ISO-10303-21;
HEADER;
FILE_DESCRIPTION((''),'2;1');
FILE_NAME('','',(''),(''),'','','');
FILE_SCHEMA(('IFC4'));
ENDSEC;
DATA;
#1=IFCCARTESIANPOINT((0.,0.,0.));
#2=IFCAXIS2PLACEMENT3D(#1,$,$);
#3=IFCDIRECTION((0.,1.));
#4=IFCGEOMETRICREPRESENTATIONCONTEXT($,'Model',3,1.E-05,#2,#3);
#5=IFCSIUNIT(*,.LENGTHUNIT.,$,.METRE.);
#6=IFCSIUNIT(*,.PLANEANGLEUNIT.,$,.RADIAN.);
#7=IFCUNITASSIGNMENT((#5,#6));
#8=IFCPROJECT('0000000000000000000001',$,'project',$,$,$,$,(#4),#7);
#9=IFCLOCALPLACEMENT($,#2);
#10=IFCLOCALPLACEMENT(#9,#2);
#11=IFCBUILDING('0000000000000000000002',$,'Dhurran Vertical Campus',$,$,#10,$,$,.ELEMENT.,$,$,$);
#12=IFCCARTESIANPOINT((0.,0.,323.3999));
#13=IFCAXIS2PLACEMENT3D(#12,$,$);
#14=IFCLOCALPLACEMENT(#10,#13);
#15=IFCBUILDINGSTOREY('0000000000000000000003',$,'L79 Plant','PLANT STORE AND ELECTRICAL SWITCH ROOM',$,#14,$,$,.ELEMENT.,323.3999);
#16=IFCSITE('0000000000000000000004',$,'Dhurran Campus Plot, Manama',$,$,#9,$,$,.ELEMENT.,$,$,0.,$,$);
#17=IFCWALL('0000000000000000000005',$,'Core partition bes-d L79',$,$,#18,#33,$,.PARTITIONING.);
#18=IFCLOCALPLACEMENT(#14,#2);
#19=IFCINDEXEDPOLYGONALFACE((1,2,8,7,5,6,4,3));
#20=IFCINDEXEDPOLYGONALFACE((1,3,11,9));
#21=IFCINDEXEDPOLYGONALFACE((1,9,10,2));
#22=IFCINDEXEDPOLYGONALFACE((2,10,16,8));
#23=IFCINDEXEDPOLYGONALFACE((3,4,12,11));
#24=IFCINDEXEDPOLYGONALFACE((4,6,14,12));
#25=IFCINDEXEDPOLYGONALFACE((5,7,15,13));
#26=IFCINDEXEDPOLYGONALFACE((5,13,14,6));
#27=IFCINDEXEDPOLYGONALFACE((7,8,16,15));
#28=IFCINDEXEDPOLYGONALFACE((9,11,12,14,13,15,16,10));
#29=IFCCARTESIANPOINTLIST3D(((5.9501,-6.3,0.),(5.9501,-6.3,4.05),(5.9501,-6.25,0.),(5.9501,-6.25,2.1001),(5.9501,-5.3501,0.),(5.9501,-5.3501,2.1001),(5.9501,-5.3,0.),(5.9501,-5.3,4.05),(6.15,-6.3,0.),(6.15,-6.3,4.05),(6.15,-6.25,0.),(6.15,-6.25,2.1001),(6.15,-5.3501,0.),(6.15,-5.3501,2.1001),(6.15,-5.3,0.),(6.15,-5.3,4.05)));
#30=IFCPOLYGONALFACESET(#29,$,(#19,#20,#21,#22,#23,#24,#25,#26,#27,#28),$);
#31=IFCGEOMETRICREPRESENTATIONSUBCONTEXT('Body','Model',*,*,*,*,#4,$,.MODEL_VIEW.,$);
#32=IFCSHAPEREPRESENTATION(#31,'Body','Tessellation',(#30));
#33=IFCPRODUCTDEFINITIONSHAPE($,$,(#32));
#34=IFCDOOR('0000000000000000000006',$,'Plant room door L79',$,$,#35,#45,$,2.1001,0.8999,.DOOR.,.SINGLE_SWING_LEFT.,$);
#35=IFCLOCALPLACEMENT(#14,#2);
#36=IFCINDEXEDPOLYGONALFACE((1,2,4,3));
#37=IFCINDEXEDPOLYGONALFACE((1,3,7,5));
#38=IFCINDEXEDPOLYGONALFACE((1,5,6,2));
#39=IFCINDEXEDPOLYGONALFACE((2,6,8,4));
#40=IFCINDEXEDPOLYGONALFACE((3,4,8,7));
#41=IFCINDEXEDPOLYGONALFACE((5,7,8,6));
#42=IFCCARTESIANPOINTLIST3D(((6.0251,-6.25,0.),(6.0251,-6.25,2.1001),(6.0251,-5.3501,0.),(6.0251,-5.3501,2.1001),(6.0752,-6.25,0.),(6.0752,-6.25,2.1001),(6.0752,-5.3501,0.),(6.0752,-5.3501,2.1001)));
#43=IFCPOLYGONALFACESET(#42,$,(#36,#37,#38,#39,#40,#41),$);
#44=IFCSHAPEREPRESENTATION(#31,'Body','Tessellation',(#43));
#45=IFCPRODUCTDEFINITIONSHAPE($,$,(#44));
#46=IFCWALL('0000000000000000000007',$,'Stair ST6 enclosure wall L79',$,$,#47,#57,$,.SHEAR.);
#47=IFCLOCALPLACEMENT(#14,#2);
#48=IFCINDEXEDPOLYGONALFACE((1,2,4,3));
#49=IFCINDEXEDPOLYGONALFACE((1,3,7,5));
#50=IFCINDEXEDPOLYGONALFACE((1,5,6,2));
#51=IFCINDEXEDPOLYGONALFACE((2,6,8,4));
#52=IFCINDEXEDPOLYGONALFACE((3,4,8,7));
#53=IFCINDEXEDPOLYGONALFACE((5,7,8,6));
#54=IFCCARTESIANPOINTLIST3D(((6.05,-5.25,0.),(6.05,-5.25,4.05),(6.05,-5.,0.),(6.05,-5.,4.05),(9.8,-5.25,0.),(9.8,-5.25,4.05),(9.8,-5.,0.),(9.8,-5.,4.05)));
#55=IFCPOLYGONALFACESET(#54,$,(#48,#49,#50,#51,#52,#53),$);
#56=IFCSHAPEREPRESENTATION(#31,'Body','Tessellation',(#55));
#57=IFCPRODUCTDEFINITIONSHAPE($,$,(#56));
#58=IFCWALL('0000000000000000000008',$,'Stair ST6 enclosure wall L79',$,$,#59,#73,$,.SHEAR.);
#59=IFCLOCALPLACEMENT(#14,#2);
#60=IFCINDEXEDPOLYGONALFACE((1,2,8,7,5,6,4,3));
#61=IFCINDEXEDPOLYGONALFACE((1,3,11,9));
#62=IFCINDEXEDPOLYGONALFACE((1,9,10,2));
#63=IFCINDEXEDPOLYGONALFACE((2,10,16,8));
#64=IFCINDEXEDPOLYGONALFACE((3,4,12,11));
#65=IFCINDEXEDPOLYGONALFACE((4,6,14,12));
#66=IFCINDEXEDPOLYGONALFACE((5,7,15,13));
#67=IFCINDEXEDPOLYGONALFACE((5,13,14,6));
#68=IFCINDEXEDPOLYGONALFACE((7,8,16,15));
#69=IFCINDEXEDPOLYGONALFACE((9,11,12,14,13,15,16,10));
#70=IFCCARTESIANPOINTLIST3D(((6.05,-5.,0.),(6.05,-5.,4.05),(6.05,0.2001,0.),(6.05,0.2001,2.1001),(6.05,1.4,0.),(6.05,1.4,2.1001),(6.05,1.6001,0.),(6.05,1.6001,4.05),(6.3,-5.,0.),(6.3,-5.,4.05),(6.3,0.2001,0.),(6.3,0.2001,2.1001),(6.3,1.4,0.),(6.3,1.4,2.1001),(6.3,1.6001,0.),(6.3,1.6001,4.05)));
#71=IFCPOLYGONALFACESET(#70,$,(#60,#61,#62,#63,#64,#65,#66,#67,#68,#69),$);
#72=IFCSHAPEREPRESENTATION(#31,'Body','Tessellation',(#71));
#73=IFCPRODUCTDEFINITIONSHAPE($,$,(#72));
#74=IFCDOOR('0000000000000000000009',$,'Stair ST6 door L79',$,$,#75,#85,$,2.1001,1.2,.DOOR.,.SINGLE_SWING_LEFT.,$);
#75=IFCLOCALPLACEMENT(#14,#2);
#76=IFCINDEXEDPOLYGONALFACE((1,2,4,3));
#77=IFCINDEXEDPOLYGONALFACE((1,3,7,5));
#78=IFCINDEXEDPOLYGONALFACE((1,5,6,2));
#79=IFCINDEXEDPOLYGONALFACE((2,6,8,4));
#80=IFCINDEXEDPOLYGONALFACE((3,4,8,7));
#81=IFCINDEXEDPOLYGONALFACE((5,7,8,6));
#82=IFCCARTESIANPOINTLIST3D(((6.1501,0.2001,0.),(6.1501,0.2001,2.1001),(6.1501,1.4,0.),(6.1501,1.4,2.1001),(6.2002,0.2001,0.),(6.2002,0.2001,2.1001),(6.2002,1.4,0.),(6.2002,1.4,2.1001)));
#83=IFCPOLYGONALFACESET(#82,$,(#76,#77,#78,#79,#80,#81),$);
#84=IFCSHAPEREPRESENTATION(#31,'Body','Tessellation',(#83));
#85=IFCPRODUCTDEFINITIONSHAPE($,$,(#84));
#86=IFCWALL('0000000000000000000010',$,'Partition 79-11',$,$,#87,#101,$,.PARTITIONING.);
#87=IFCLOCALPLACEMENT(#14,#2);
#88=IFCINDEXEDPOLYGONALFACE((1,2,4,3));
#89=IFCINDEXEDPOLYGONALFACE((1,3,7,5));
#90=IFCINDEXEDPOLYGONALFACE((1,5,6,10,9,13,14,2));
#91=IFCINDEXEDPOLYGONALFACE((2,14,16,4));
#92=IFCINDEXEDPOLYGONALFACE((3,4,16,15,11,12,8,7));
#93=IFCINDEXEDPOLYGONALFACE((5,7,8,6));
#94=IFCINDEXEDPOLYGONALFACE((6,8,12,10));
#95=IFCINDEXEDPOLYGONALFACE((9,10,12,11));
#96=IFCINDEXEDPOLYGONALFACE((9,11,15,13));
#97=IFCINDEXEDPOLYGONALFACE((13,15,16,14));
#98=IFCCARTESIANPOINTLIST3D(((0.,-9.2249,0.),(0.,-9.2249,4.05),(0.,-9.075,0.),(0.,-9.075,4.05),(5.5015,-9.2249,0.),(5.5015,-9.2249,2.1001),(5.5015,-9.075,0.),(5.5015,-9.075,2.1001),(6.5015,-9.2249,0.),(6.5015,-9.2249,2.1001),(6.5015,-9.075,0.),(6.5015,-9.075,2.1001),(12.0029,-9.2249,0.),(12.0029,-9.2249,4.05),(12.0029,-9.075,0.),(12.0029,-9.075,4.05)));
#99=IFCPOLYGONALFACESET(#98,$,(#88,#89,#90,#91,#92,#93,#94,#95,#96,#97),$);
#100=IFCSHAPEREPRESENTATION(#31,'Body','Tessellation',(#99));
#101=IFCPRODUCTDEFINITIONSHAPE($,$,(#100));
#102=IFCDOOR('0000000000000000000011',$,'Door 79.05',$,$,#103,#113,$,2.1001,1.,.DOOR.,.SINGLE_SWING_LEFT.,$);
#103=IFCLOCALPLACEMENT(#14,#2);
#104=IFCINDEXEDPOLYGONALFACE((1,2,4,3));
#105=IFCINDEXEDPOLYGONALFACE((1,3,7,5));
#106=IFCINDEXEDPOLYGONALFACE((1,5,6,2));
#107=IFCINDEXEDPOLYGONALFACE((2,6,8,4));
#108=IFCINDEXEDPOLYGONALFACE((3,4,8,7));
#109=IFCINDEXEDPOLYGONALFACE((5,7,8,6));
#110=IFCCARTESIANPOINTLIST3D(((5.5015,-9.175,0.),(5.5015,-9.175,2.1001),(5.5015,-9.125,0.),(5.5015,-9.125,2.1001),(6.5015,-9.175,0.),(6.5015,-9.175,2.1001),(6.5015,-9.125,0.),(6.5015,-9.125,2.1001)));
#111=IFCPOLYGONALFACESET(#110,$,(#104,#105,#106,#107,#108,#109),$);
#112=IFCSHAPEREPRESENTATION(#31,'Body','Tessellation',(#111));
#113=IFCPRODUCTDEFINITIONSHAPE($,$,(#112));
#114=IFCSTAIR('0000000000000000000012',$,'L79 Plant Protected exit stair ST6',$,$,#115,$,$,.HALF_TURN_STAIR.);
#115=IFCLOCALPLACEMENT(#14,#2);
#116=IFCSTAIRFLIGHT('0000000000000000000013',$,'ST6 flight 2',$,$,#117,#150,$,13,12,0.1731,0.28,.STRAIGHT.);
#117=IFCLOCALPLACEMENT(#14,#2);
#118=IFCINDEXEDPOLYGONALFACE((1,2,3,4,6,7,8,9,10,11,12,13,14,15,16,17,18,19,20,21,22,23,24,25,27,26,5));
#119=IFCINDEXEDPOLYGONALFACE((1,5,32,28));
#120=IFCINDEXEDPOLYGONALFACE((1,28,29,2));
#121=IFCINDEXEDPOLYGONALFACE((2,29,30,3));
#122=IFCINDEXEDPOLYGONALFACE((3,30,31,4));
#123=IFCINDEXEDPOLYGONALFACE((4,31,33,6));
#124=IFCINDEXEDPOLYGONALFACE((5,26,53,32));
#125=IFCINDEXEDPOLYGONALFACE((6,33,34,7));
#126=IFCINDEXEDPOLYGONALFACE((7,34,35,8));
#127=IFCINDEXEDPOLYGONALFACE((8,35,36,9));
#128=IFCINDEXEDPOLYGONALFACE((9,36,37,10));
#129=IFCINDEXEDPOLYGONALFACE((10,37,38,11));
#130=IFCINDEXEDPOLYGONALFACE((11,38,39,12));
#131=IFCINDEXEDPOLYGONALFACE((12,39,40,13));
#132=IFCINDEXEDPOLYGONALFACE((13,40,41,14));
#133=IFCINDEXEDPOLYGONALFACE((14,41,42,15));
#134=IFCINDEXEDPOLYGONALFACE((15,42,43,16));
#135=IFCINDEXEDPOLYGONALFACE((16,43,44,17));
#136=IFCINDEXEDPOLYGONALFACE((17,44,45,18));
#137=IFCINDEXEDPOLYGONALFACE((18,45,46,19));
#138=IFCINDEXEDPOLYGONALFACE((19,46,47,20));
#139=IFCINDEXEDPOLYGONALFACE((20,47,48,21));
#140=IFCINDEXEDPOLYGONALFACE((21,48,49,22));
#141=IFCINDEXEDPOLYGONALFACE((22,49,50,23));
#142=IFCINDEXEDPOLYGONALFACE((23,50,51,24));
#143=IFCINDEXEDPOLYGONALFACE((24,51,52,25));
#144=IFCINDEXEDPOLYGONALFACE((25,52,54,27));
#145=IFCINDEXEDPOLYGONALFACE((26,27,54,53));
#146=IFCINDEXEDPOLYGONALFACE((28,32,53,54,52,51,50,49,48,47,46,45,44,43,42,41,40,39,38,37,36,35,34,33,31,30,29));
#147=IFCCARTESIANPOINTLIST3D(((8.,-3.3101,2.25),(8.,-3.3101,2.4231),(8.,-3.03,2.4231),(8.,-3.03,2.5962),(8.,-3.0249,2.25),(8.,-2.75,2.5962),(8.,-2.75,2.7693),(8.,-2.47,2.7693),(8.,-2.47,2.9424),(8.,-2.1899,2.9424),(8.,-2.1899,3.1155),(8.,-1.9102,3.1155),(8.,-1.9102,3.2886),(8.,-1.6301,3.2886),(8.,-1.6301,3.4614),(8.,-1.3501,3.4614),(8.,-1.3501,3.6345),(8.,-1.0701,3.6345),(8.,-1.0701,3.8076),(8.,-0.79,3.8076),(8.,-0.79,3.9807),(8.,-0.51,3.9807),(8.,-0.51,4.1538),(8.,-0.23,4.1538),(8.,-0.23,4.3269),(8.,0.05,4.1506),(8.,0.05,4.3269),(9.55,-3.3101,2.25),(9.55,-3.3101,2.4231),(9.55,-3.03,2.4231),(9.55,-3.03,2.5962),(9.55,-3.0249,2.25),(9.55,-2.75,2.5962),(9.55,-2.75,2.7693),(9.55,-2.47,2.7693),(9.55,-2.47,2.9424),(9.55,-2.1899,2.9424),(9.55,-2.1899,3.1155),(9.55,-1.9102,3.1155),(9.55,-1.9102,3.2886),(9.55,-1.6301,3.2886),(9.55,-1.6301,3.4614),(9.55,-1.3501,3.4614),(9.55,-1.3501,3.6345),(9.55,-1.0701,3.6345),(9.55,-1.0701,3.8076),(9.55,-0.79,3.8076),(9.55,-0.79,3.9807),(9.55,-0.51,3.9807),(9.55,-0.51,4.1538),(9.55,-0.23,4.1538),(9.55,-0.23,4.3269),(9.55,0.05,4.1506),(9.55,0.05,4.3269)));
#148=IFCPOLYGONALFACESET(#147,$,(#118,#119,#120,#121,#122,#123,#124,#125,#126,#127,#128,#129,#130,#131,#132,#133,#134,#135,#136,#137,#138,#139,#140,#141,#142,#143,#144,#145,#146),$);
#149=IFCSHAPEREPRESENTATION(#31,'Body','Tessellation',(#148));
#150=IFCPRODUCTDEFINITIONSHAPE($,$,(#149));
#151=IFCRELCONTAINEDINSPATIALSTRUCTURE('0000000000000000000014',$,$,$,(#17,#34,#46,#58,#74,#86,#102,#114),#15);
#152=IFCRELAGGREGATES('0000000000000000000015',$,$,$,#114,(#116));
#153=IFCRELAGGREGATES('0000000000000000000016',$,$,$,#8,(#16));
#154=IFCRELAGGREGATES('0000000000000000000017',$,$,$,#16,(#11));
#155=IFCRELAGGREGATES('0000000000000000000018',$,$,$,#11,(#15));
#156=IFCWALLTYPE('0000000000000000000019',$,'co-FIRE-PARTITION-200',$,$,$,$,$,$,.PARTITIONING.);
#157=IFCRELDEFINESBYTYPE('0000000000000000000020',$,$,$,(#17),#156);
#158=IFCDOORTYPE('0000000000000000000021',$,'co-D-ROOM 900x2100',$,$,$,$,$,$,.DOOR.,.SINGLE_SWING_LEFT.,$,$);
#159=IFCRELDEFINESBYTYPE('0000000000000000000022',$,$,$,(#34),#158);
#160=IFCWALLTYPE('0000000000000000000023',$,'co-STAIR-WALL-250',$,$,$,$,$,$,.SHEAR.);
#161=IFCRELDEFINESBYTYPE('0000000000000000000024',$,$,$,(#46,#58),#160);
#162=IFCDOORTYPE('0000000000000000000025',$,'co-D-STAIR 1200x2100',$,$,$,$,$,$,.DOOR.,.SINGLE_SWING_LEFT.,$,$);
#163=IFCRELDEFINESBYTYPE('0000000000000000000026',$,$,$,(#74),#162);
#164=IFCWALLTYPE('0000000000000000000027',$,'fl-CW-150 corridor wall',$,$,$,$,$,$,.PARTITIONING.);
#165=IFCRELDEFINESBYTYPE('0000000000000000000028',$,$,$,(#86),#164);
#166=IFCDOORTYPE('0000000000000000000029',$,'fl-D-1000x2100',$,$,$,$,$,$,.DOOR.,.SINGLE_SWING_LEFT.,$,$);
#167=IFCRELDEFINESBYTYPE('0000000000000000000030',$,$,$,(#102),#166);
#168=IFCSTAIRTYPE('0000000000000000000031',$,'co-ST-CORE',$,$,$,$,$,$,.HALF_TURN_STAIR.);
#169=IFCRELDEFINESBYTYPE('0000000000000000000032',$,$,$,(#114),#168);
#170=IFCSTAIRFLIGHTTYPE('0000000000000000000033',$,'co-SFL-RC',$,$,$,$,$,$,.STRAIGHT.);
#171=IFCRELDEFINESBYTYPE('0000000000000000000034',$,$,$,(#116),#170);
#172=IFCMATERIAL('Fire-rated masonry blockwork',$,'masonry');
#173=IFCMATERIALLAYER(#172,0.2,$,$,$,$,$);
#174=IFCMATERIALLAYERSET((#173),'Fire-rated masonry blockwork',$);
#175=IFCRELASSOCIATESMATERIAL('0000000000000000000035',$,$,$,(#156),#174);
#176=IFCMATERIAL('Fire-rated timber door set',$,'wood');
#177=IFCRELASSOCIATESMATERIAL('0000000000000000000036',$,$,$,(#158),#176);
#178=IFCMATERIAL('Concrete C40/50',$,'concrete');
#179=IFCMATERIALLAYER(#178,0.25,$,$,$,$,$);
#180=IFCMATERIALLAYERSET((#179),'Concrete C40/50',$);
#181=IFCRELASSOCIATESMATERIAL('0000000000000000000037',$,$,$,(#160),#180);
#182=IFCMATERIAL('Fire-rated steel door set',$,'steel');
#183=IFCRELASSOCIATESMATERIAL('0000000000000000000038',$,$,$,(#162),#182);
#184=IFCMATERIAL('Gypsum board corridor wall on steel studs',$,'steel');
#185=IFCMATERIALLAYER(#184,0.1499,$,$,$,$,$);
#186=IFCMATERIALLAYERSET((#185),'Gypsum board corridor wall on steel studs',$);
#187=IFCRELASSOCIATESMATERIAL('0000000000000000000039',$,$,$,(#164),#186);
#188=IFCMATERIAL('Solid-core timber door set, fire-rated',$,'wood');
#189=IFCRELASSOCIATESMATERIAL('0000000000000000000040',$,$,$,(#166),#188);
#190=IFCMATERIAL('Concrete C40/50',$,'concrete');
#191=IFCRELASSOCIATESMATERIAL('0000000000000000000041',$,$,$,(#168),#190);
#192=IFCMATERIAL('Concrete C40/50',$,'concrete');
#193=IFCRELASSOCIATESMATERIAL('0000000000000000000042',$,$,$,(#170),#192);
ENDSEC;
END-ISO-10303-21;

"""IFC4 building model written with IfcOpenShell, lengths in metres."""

from ifc_helpers import new_model, si_unit, direction, frame, frame_2d, origin, place, context, subcontext, project, spatial, polyline, rectangle, outline, extrude, material, layer, layer_set, type_object, element, fill, aggregate, save


model = new_model("IFC4")

# Units and contexts
model_context = context("Model", 3, precision=1e-05, world=origin(), true_north=direction((0.0, 1.0)))
body_context = subcontext(model_context, "Body", "Model", "MODEL_VIEW")
ifc_project = project(units=[si_unit("LENGTHUNIT", "METRE"), si_unit("PLANEANGLEUNIT", "RADIAN")], contexts=[model_context])

# Site, building, storey
site_placement = place(None, origin())
site = spatial("IfcSite", under=ifc_project, at=site_placement, Name="Dhurran Campus Plot, Manama", CompositionType="ELEMENT", RefElevation=0.0)
building_placement = place(site_placement, origin())
building = spatial("IfcBuilding", under=site, at=building_placement, Name="Dhurran Vertical Campus", CompositionType="ELEMENT")
storey_placement = place(building_placement, frame((0.0, 0.0, 323.3999)))
storey = spatial("IfcBuildingStorey", under=building, at=storey_placement, Name="L79 Plant", Description="PLANT STORE AND ELECTRICAL SWITCH ROOM", CompositionType="ELEMENT", Elevation=323.3999)

# Wall, opening, door
ifc_material_1 = material(Name="Fire-rated masonry blockwork", Category="masonry")
ifc_layer_1 = layer(ifc_material_1, 0.2)
ifc_layer_set_1 = layer_set([ifc_layer_1], Name="Fire-rated masonry blockwork")
wall_type_1 = type_object("IfcWallType", Name="co-FIRE-PARTITION-200", PredefinedType="PARTITIONING", material=ifc_layer_set_1)
ifc_material_2 = material(Name="Fire-rated timber door set", Category="wood")
door_type_1 = type_object("IfcDoorType", Name="co-D-ROOM 900x2100", OperationType="SINGLE_SWING_LEFT", PredefinedType="DOOR", material=ifc_material_2)
wall_1_placement = place(storey_placement, frame((6.05, -6.3, 0.0), z_axis=(0.0, 0.0, 1.0), x_axis=(0.0, 1.0, 0.0)))
wall_1 = element("IfcWall", 1, at=wall_1_placement, inside=storey, type_object=wall_type_1, Name="Core partition bes-d L79", PredefinedType="PARTITIONING", context=body_context, shape_type="SweptSolid", body=[
    extrude(rectangle(XDim=1.0, YDim=0.2, at=frame_2d((0.5, 0.0))), origin(), (0.0, 0.0, 1.0), 4.05),
])
opening_1_placement = place(wall_1_placement, frame((0.05, 0.0, 0.0)))
opening_1 = element("IfcOpeningElement", 2, at=opening_1_placement, cuts=wall_1, PredefinedType="OPENING", context=body_context, shape_type="SweptSolid", body=[
    extrude(rectangle(XDim=0.8999, YDim=2.1001, at=frame_2d((0.45, 1.05))), frame((0.0, 0.1099, 0.0), z_axis=(0.0, -1.0, 0.0), x_axis=(1.0, 0.0, 0.0)), (0.0, 0.0, 1.0), 0.22),
])
door_1_placement = place(opening_1_placement, origin())
door_1 = element("IfcDoor", 3, at=door_1_placement, inside=storey, type_object=door_type_1, Name="Plant room door L79", OperationType="SINGLE_SWING_LEFT", OverallHeight=2.1001, OverallWidth=0.8999, PredefinedType="DOOR", context=body_context, shape_type="SweptSolid", body=[
    extrude(rectangle(XDim=0.8999, YDim=2.1001, at=frame_2d((0.45, 1.05))), frame((0.0, 0.0249, 0.0), z_axis=(0.0, -1.0, 0.0), x_axis=(1.0, 0.0, 0.0)), (0.0, 0.0, 1.0), 0.05),
])
fill(opening_1, door_1)

# Wall
ifc_material_3 = material(Name="Concrete C40/50", Category="concrete")
ifc_layer_2 = layer(ifc_material_3, 0.25)
ifc_layer_set_2 = layer_set([ifc_layer_2], Name="Concrete C40/50")
wall_type_2 = type_object("IfcWallType", Name="co-STAIR-WALL-250", PredefinedType="SHEAR", material=ifc_layer_set_2)
wall_2_placement = place(storey_placement, frame((6.05, -5.125, 0.0), z_axis=(0.0, 0.0, 1.0), x_axis=(1.0, 0.0, 0.0)))
element("IfcWall", 4, at=wall_2_placement, inside=storey, type_object=wall_type_2, Name="Stair ST6 enclosure wall L79", PredefinedType="SHEAR", context=body_context, shape_type="SweptSolid", body=[
    extrude(rectangle(XDim=3.75, YDim=0.25, at=frame_2d((1.875, 0.0))), origin(), (0.0, 0.0, 1.0), 4.05),
])

# Walls, openings, doors
wall_3_placement = place(storey_placement, frame((6.175, -5.0, 0.0), z_axis=(0.0, 0.0, 1.0), x_axis=(0.0, 1.0, 0.0)))
wall_3 = element("IfcWall", 5, at=wall_3_placement, inside=storey, type_object=wall_type_2, Name="Stair ST6 enclosure wall L79", PredefinedType="SHEAR", context=body_context, shape_type="SweptSolid", body=[
    extrude(rectangle(XDim=6.6001, YDim=0.25, at=frame_2d((3.3, 0.0))), origin(), (0.0, 0.0, 1.0), 4.05),
])
opening_2_placement = place(wall_3_placement, frame((5.2, 0.0, 0.0)))
opening_2 = element("IfcOpeningElement", 6, at=opening_2_placement, cuts=wall_3, PredefinedType="OPENING", context=body_context, shape_type="SweptSolid", body=[
    extrude(rectangle(XDim=1.2, YDim=2.1001, at=frame_2d((0.6001, 1.05))), frame((0.0, 0.135, 0.0), z_axis=(0.0, -1.0, 0.0), x_axis=(1.0, 0.0, 0.0)), (0.0, 0.0, 1.0), 0.27),
])
ifc_material_4 = material(Name="Fire-rated steel door set", Category="steel")
door_type_2 = type_object("IfcDoorType", Name="co-D-STAIR 1200x2100", OperationType="SINGLE_SWING_LEFT", PredefinedType="DOOR", material=ifc_material_4)
door_2_placement = place(opening_2_placement, origin())
door_2 = element("IfcDoor", 7, at=door_2_placement, inside=storey, type_object=door_type_2, Name="Stair ST6 door L79", OperationType="SINGLE_SWING_LEFT", OverallHeight=2.1001, OverallWidth=1.2, PredefinedType="DOOR", context=body_context, shape_type="SweptSolid", body=[
    extrude(rectangle(XDim=1.2, YDim=2.1001, at=frame_2d((0.6001, 1.05))), frame((0.0, 0.0249, 0.0), z_axis=(0.0, -1.0, 0.0), x_axis=(1.0, 0.0, 0.0)), (0.0, 0.0, 1.0), 0.05),
])
fill(opening_2, door_2)
ifc_material_5 = material(Name="Gypsum board corridor wall on steel studs", Category="steel")
ifc_layer_3 = layer(ifc_material_5, 0.1499)
ifc_layer_set_3 = layer_set([ifc_layer_3], Name="Gypsum board corridor wall on steel studs")
wall_type_3 = type_object("IfcWallType", Name="fl-CW-150 corridor wall", PredefinedType="PARTITIONING", material=ifc_layer_set_3)
wall_4_placement = place(storey_placement, frame((0.0, -9.1499, 0.0), z_axis=(0.0, 0.0, 1.0), x_axis=(1.0, 0.0, 0.0)))
wall_4 = element("IfcWall", 8, at=wall_4_placement, inside=storey, type_object=wall_type_3, Name="Partition 79-11", PredefinedType="PARTITIONING", context=body_context, shape_type="SweptSolid", body=[
    extrude(rectangle(XDim=12.0029, YDim=0.1499, at=frame_2d((6.0015, 0.0))), origin(), (0.0, 0.0, 1.0), 4.05),
])
opening_3_placement = place(wall_4_placement, frame((5.5015, 0.0, 0.0)))
opening_3 = element("IfcOpeningElement", 9, at=opening_3_placement, cuts=wall_4, PredefinedType="OPENING", context=body_context, shape_type="SweptSolid", body=[
    extrude(rectangle(XDim=1.0, YDim=2.1001, at=frame_2d((0.5, 1.05))), frame((0.0, 0.085, 0.0), z_axis=(0.0, -1.0, 0.0), x_axis=(1.0, 0.0, 0.0)), (0.0, 0.0, 1.0), 0.1699),
])
ifc_material_6 = material(Name="Solid-core timber door set, fire-rated", Category="wood")
door_type_3 = type_object("IfcDoorType", Name="fl-D-1000x2100", OperationType="SINGLE_SWING_LEFT", PredefinedType="DOOR", material=ifc_material_6)
door_3_placement = place(opening_3_placement, origin())
door_3 = element("IfcDoor", 10, at=door_3_placement, inside=storey, type_object=door_type_3, Name="Door 79.05", OperationType="SINGLE_SWING_LEFT", OverallHeight=2.1001, OverallWidth=1.0, PredefinedType="DOOR", context=body_context, shape_type="SweptSolid", body=[
    extrude(rectangle(XDim=1.0, YDim=2.1001, at=frame_2d((0.5, 1.05))), frame((0.0, 0.0249, 0.0), z_axis=(0.0, -1.0, 0.0), x_axis=(1.0, 0.0, 0.0)), (0.0, 0.0, 1.0), 0.05),
])
fill(opening_3, door_3)

# Stair, stair flight
ifc_material_7 = material(Name="Concrete C40/50", Category="concrete")
stair_type = type_object("IfcStairType", Name="co-ST-CORE", PredefinedType="HALF_TURN_STAIR", material=ifc_material_7)
stair_placement = place(storey_placement, origin())
stair = element("IfcStair", 11, at=stair_placement, inside=storey, type_object=stair_type, Name="L79 Plant Protected exit stair ST6", PredefinedType="HALF_TURN_STAIR")
ifc_material_8 = material(Name="Concrete C40/50", Category="concrete")
stair_flight_type = type_object("IfcStairFlightType", Name="co-SFL-RC", PredefinedType="STRAIGHT", material=ifc_material_8)
stair_flight_placement = place(storey_placement, frame((8.7749, -3.3101, 2.25), z_axis=(0.0, 0.0, 1.0), x_axis=(0.0, 1.0, 0.0)))
stair_flight = element("IfcStairFlight", 12, at=stair_flight_placement, type_object=stair_flight_type, Name="ST6 flight 2", NumberOfRisers=13, NumberOfTreads=12, PredefinedType="STRAIGHT", RiserHeight=0.1731, TreadLength=0.28, context=body_context, shape_type="SweptSolid", body=[
    extrude(outline(polyline([(0.0, 0.0), (0.0, 0.1731), (0.28, 0.1731), (0.28, 0.3462), (0.5601, 0.3462), (0.5601, 0.5193), (0.8401, 0.5193), (0.8401, 0.6924), (1.1201, 0.6924), (1.1201, 0.8655), (1.3999, 0.8655), (1.3999, 1.0386), (1.6799, 1.0386), (1.6799, 1.2114), (1.96, 1.2114), (1.96, 1.3845), (2.24, 1.3845), (2.24, 1.5576), (2.52, 1.5576), (2.52, 1.7307), (2.8, 1.7307), (2.8, 1.9038), (3.0801, 1.9038), (3.0801, 2.0769), (3.3601, 2.0769), (3.3601, 2.25), (3.3601, 1.9006), (0.2852, 0.0), (0.0, 0.0)])), frame((0.0, 0.7749, 0.0), z_axis=(0.0, -1.0, 0.0), x_axis=(1.0, 0.0, 0.0)), (0.0, 0.0, 1.0), 1.55),
])
aggregate(stair, [stair_flight])

save(model, "model.ifc")
